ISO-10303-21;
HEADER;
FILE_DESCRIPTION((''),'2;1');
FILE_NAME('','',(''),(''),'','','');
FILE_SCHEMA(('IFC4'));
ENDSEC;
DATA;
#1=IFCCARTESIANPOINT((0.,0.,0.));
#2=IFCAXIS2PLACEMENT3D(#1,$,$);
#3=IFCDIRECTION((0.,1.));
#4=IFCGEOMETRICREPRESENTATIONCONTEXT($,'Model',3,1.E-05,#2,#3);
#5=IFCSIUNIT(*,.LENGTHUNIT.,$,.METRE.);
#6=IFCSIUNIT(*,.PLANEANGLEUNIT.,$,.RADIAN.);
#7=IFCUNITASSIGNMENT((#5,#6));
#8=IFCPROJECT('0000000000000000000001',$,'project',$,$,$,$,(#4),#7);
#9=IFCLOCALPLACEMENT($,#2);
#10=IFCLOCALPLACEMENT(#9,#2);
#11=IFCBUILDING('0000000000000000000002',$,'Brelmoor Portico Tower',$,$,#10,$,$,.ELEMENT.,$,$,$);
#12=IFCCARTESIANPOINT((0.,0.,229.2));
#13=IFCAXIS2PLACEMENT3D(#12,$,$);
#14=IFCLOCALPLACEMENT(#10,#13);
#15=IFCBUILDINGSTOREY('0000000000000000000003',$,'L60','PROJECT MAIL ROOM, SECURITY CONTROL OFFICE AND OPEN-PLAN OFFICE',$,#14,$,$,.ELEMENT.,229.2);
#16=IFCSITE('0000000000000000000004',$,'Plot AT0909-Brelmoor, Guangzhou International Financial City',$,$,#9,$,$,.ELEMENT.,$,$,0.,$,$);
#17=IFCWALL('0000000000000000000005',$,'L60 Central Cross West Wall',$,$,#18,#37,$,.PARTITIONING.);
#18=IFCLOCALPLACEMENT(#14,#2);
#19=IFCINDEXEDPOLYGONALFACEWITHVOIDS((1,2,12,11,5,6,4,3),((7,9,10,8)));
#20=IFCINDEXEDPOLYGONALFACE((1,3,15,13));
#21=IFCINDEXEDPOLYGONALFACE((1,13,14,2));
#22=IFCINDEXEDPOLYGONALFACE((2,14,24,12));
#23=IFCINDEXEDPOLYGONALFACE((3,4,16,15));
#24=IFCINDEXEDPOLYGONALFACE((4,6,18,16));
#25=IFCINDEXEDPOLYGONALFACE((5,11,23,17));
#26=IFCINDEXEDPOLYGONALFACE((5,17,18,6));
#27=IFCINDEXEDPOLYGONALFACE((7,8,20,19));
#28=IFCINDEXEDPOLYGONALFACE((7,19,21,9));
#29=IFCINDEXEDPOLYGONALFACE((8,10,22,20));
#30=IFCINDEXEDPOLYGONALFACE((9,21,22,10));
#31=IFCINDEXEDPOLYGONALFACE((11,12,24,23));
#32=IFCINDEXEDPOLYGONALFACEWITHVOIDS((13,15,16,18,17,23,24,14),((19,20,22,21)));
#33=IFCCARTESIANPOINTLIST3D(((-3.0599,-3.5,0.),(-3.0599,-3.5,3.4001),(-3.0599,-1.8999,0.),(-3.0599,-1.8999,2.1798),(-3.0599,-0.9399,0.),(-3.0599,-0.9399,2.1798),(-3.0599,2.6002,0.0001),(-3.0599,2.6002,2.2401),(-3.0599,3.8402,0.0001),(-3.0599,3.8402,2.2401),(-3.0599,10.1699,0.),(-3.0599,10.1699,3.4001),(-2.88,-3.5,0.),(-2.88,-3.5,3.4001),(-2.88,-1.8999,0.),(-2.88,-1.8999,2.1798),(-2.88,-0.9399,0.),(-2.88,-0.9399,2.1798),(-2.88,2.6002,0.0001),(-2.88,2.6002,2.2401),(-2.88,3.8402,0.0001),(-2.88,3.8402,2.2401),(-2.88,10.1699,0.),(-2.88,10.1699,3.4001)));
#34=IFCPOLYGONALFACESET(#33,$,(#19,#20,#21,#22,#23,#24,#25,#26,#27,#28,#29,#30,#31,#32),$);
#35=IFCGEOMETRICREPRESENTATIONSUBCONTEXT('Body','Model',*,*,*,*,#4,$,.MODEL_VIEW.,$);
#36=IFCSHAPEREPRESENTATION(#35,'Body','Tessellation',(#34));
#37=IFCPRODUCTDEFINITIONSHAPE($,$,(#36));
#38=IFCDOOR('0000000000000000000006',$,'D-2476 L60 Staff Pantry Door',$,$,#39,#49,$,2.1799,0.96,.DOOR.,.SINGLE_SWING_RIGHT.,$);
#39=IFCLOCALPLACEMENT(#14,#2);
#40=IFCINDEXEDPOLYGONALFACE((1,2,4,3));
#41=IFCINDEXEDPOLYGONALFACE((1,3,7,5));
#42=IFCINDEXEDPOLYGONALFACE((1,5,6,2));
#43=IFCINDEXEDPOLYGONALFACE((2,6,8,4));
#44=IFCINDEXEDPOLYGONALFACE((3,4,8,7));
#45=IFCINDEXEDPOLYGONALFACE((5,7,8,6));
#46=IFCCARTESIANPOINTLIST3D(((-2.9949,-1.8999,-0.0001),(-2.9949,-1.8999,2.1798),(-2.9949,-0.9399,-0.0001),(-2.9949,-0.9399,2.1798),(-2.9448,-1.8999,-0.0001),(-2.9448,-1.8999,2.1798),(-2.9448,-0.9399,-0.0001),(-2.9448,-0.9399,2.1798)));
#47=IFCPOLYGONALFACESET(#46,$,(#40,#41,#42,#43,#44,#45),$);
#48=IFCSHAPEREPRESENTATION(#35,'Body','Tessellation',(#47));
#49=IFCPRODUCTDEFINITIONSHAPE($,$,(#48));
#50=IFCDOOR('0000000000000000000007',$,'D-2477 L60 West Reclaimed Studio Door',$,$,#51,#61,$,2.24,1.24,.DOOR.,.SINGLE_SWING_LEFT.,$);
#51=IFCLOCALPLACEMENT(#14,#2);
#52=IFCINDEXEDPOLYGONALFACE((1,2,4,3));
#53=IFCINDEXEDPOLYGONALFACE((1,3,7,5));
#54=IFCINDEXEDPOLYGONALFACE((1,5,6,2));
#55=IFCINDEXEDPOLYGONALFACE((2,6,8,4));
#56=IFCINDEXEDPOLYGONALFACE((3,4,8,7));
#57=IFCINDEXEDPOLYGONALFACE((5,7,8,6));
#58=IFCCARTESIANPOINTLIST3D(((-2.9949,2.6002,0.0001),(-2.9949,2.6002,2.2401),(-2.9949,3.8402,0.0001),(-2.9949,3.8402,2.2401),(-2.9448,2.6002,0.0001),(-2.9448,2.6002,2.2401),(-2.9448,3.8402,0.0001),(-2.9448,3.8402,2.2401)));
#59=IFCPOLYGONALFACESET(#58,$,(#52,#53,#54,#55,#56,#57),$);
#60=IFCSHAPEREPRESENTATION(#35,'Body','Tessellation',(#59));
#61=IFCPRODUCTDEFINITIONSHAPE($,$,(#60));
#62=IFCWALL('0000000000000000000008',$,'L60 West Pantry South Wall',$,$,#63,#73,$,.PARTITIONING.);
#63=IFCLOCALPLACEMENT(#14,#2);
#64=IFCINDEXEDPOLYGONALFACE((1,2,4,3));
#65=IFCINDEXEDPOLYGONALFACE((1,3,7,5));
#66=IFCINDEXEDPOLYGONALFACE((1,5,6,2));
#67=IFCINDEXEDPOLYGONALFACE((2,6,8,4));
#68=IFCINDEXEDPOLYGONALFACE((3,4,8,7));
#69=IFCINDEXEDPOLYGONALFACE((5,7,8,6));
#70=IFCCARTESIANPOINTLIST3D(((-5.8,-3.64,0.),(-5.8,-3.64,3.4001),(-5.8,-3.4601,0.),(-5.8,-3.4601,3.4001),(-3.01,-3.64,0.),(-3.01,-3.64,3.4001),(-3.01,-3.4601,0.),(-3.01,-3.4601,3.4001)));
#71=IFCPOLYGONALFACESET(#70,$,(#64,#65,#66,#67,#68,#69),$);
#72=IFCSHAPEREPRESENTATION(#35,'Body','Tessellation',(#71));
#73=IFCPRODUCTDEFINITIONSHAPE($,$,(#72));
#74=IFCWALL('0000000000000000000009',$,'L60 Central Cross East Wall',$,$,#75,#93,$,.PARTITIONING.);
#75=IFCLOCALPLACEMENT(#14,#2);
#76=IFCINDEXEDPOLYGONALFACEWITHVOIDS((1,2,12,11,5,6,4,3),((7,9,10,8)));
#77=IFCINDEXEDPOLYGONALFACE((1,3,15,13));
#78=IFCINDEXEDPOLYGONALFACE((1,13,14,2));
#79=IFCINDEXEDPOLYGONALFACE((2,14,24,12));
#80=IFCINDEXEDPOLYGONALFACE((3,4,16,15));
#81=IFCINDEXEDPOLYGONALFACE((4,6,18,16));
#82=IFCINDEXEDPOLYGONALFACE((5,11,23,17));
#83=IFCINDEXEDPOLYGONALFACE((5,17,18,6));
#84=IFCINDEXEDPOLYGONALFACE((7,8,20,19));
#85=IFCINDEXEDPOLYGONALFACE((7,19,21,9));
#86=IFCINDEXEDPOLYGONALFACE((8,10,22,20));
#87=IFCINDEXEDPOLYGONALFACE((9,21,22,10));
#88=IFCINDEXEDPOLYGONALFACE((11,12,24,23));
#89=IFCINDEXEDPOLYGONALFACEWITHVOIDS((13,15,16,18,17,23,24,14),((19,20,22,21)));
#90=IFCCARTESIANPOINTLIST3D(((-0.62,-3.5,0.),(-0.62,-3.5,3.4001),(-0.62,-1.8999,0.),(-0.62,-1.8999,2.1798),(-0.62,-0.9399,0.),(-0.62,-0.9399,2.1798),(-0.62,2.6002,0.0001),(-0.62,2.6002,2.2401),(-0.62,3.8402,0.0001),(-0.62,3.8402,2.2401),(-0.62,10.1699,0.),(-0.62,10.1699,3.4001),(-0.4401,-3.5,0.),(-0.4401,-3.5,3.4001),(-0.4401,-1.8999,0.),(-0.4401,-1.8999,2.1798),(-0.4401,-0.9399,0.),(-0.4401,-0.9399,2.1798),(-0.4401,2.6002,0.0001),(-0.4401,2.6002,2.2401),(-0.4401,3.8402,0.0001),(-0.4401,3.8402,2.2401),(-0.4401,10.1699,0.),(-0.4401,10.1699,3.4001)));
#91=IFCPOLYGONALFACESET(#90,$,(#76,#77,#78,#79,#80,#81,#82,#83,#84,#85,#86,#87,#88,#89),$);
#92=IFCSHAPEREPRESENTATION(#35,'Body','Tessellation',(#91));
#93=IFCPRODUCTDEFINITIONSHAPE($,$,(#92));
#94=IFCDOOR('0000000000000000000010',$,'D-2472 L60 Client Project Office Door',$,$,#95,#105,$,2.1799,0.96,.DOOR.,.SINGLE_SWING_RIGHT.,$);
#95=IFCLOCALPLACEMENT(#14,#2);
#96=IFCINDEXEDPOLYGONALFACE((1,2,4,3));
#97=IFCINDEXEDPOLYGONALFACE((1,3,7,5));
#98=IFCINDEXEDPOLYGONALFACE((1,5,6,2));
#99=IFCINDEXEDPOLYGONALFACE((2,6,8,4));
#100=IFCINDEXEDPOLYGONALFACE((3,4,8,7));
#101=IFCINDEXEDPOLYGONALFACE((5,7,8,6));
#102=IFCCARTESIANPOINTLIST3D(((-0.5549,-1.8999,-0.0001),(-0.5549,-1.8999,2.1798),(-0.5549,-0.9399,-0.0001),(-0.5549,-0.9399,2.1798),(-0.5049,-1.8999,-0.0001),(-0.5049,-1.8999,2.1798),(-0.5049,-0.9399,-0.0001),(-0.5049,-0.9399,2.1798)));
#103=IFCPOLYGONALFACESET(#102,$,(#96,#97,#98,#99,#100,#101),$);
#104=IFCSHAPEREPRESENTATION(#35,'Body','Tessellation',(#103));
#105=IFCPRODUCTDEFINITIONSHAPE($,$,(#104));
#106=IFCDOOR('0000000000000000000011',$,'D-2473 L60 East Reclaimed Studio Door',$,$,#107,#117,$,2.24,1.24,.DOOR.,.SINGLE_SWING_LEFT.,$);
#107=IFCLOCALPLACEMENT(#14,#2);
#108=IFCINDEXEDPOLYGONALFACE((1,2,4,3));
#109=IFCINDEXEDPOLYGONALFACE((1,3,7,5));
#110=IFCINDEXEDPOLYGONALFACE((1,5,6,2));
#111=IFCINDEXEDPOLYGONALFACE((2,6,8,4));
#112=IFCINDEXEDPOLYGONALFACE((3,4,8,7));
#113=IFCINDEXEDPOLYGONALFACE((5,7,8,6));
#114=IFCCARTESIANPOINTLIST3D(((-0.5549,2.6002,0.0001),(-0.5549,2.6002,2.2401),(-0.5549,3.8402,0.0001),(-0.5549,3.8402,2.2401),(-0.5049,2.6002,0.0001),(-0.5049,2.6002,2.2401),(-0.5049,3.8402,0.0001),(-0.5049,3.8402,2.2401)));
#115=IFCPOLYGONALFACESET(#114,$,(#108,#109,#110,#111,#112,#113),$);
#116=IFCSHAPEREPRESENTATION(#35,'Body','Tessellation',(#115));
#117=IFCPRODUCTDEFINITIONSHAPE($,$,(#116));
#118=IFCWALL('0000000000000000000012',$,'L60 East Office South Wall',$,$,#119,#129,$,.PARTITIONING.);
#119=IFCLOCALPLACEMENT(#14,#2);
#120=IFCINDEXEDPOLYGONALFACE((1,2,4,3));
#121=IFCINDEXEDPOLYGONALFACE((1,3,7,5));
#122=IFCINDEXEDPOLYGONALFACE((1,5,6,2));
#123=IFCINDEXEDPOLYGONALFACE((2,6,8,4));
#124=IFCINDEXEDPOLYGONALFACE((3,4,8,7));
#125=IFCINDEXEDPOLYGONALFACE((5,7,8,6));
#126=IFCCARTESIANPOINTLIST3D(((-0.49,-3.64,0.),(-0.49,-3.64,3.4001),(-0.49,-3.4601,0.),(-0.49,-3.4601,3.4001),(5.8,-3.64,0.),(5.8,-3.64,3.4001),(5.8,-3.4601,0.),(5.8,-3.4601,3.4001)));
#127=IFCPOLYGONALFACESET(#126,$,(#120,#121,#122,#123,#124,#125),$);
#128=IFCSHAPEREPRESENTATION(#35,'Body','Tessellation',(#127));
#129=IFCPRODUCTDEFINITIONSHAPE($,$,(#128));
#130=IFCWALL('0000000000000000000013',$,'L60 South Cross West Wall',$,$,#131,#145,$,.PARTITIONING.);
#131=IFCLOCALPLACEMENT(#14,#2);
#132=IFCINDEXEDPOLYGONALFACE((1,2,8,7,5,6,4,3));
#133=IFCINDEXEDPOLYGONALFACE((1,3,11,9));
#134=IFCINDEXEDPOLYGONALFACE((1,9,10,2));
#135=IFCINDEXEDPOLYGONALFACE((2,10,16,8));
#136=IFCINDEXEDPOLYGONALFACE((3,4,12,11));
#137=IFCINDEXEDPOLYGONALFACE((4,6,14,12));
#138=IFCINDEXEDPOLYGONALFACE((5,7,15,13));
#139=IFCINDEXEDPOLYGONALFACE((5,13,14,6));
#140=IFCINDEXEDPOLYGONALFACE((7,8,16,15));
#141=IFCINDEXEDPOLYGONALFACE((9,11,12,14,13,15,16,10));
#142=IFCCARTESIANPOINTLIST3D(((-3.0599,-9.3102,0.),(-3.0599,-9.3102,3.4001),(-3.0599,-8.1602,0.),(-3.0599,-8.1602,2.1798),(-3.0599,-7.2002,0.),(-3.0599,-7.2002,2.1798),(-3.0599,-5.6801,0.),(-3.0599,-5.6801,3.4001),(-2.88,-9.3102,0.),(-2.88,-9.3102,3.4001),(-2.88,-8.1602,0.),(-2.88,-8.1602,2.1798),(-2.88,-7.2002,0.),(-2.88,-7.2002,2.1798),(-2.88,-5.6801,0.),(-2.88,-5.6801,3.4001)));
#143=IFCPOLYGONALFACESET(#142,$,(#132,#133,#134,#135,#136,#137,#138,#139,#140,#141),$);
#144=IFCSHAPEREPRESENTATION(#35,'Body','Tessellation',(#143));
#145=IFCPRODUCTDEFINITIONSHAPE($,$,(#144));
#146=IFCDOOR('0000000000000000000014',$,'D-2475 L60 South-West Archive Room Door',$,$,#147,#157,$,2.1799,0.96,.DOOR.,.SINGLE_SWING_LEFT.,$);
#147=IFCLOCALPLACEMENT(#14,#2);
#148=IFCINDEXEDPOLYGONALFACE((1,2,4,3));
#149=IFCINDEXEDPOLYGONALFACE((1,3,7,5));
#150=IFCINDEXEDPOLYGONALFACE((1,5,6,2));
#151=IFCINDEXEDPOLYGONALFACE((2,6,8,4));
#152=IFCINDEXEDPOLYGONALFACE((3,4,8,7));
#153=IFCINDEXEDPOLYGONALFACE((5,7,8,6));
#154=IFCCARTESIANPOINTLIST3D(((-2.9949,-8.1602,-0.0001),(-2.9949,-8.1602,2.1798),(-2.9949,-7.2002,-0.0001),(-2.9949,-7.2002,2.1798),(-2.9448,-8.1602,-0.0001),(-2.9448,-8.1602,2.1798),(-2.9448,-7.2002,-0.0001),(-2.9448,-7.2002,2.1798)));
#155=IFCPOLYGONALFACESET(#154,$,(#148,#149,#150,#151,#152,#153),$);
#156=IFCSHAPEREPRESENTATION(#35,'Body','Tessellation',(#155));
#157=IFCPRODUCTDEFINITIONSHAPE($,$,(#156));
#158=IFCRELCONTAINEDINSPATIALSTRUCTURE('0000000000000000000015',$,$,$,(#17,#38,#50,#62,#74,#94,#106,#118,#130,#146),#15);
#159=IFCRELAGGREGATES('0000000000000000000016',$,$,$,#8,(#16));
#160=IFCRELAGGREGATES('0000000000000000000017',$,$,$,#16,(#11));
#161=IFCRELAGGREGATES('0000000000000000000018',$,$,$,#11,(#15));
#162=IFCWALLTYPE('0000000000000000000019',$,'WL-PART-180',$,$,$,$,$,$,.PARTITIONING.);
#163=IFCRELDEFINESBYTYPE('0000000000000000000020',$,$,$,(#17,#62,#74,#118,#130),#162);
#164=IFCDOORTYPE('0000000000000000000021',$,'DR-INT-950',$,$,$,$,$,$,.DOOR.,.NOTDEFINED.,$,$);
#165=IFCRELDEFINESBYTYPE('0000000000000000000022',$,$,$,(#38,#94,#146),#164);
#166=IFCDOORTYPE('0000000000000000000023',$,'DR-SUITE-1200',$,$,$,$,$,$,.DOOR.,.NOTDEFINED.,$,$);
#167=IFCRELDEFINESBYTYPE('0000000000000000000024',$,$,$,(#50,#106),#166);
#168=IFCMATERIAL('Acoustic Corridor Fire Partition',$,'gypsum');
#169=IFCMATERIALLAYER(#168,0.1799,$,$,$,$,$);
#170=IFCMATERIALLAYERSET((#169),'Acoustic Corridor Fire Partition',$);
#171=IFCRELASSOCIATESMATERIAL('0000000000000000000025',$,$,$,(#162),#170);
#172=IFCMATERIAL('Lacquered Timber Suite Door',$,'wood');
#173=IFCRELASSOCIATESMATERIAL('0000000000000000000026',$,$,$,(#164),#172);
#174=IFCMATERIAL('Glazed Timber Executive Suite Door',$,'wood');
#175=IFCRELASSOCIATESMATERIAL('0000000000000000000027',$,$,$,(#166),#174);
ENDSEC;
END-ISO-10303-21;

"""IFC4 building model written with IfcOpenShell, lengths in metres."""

from ifc_helpers import new_model, si_unit, direction, frame, frame_2d, origin, place, context, subcontext, project, spatial, rectangle, extrude, material, layer, layer_set, type_object, element, fill, save


model = new_model("IFC4")

# Units and contexts
model_context = context("Model", 3, precision=1e-05, world=origin(), true_north=direction((0.0, 1.0)))
body_context = subcontext(model_context, "Body", "Model", "MODEL_VIEW")
ifc_project = project(units=[si_unit("LENGTHUNIT", "METRE"), si_unit("PLANEANGLEUNIT", "RADIAN")], contexts=[model_context])

# Site, building, storey
site_placement = place(None, origin())
site = spatial("IfcSite", under=ifc_project, at=site_placement, Name="Plot AT0909-Brelmoor, Guangzhou International Financial City", CompositionType="ELEMENT", RefElevation=0.0)
building_placement = place(site_placement, origin())
building = spatial("IfcBuilding", under=site, at=building_placement, Name="Brelmoor Portico Tower", CompositionType="ELEMENT")
storey_placement = place(building_placement, frame((0.0, 0.0, 229.2)))
storey = spatial("IfcBuildingStorey", under=building, at=storey_placement, Name="L60", Description="PROJECT MAIL ROOM, SECURITY CONTROL OFFICE AND OPEN-PLAN OFFICE", CompositionType="ELEMENT", Elevation=229.2)

# Wall, openings, doors
ifc_material_1 = material(Name="Acoustic Corridor Fire Partition", Category="gypsum")
ifc_layer_1 = layer(ifc_material_1, 0.1799)
ifc_layer_set_1 = layer_set([ifc_layer_1], Name="Acoustic Corridor Fire Partition")
wall_type_1 = type_object("IfcWallType", Name="WL-PART-180", PredefinedType="PARTITIONING", material=ifc_layer_set_1)
wall_1_placement = place(storey_placement, frame((-2.97, -3.5, 0.0), z_axis=(0.0, 0.0, 1.0), x_axis=(0.0, 1.0, 0.0)))
wall_1 = element("IfcWall", 1, at=wall_1_placement, inside=storey, type_object=wall_type_1, Name="L60 Central Cross West Wall", PredefinedType="PARTITIONING", context=body_context, shape_type="SweptSolid", body=[
    extrude(rectangle(XDim=13.6699, YDim=0.1799, at=frame_2d((6.835, 0.0))), origin(), (0.0, 0.0, 1.0), 3.4001),
])
opening_1_placement = place(wall_1_placement, frame((6.1001, 0.0, 0.0)))
opening_1 = element("IfcOpeningElement", 2, at=opening_1_placement, cuts=wall_1, PredefinedType="OPENING", context=body_context, shape_type="SweptSolid", body=[
    extrude(rectangle(XDim=1.24, YDim=2.24, at=frame_2d((0.6201, 1.1201))), frame((0.0, 0.0999, 0.0), z_axis=(0.0, -1.0, 0.0), x_axis=(1.0, 0.0, 0.0)), (0.0, 0.0, 1.0), 0.2),
])
opening_2_placement = place(wall_1_placement, frame((1.6001, 0.0, 0.0)))
opening_2 = element("IfcOpeningElement", 3, at=opening_2_placement, cuts=wall_1, PredefinedType="OPENING", context=body_context, shape_type="SweptSolid", body=[
    extrude(rectangle(XDim=0.96, YDim=2.1799, at=frame_2d((0.48, 1.0898))), frame((0.0, 0.0999, 0.0), z_axis=(0.0, -1.0, 0.0), x_axis=(1.0, 0.0, 0.0)), (0.0, 0.0, 1.0), 0.2),
])
ifc_material_2 = material(Name="Lacquered Timber Suite Door", Category="wood")
door_type_1 = type_object("IfcDoorType", Name="DR-INT-950", OperationType="NOTDEFINED", PredefinedType="DOOR", material=ifc_material_2)
door_1_placement = place(opening_2_placement, origin())
door_1 = element("IfcDoor", 4, at=door_1_placement, inside=storey, type_object=door_type_1, Name="D-2476 L60 Staff Pantry Door", OperationType="SINGLE_SWING_RIGHT", OverallHeight=2.1799, OverallWidth=0.96, PredefinedType="DOOR", context=body_context, shape_type="SweptSolid", body=[
    extrude(rectangle(XDim=0.96, YDim=2.1799, at=frame_2d((0.48, 1.0898))), frame((0.0, 0.0249, 0.0), z_axis=(0.0, -1.0, 0.0), x_axis=(1.0, 0.0, 0.0)), (0.0, 0.0, 1.0), 0.05),
])
fill(opening_2, door_1)
ifc_material_3 = material(Name="Glazed Timber Executive Suite Door", Category="wood")
door_type_2 = type_object("IfcDoorType", Name="DR-SUITE-1200", OperationType="NOTDEFINED", PredefinedType="DOOR", material=ifc_material_3)
door_2_placement = place(opening_1_placement, origin())
door_2 = element("IfcDoor", 5, at=door_2_placement, inside=storey, type_object=door_type_2, Name="D-2477 L60 West Reclaimed Studio Door", OperationType="SINGLE_SWING_LEFT", OverallHeight=2.24, OverallWidth=1.24, PredefinedType="DOOR", context=body_context, shape_type="SweptSolid", body=[
    extrude(rectangle(XDim=1.24, YDim=2.24, at=frame_2d((0.6201, 1.1201))), frame((0.0, 0.0249, 0.0), z_axis=(0.0, -1.0, 0.0), x_axis=(1.0, 0.0, 0.0)), (0.0, 0.0, 1.0), 0.05),
])
fill(opening_1, door_2)

# Wall
wall_2_placement = place(storey_placement, frame((-5.8, -3.55, 0.0), z_axis=(0.0, 0.0, 1.0), x_axis=(1.0, 0.0, 0.0)))
element("IfcWall", 6, at=wall_2_placement, inside=storey, type_object=wall_type_1, Name="L60 West Pantry South Wall", PredefinedType="PARTITIONING", context=body_context, shape_type="SweptSolid", body=[
    extrude(rectangle(XDim=2.79, YDim=0.1799, at=frame_2d((1.395, 0.0))), origin(), (0.0, 0.0, 1.0), 3.4001),
])

# Wall, openings, doors
wall_3_placement = place(storey_placement, frame((-0.53, -3.5, 0.0), z_axis=(0.0, 0.0, 1.0), x_axis=(0.0, 1.0, 0.0)))
wall_3 = element("IfcWall", 7, at=wall_3_placement, inside=storey, type_object=wall_type_1, Name="L60 Central Cross East Wall", PredefinedType="PARTITIONING", context=body_context, shape_type="SweptSolid", body=[
    extrude(rectangle(XDim=13.6699, YDim=0.1799, at=frame_2d((6.835, 0.0))), origin(), (0.0, 0.0, 1.0), 3.4001),
])
opening_3_placement = place(wall_3_placement, frame((6.1001, 0.0, 0.0)))
opening_3 = element("IfcOpeningElement", 8, at=opening_3_placement, cuts=wall_3, PredefinedType="OPENING", context=body_context, shape_type="SweptSolid", body=[
    extrude(rectangle(XDim=1.24, YDim=2.24, at=frame_2d((0.6201, 1.1201))), frame((0.0, 0.0999, 0.0), z_axis=(0.0, -1.0, 0.0), x_axis=(1.0, 0.0, 0.0)), (0.0, 0.0, 1.0), 0.2),
])
opening_4_placement = place(wall_3_placement, frame((1.6001, 0.0, 0.0)))
opening_4 = element("IfcOpeningElement", 9, at=opening_4_placement, cuts=wall_3, PredefinedType="OPENING", context=body_context, shape_type="SweptSolid", body=[
    extrude(rectangle(XDim=0.96, YDim=2.1799, at=frame_2d((0.48, 1.0898))), frame((0.0, 0.0999, 0.0), z_axis=(0.0, -1.0, 0.0), x_axis=(1.0, 0.0, 0.0)), (0.0, 0.0, 1.0), 0.2),
])
door_3_placement = place(opening_4_placement, origin())
door_3 = element("IfcDoor", 10, at=door_3_placement, inside=storey, type_object=door_type_1, Name="D-2472 L60 Client Project Office Door", OperationType="SINGLE_SWING_RIGHT", OverallHeight=2.1799, OverallWidth=0.96, PredefinedType="DOOR", context=body_context, shape_type="SweptSolid", body=[
    extrude(rectangle(XDim=0.96, YDim=2.1799, at=frame_2d((0.48, 1.0898))), frame((0.0, 0.0249, 0.0), z_axis=(0.0, -1.0, 0.0), x_axis=(1.0, 0.0, 0.0)), (0.0, 0.0, 1.0), 0.05),
])
fill(opening_4, door_3)
door_4_placement = place(opening_3_placement, origin())
door_4 = element("IfcDoor", 11, at=door_4_placement, inside=storey, type_object=door_type_2, Name="D-2473 L60 East Reclaimed Studio Door", OperationType="SINGLE_SWING_LEFT", OverallHeight=2.24, OverallWidth=1.24, PredefinedType="DOOR", context=body_context, shape_type="SweptSolid", body=[
    extrude(rectangle(XDim=1.24, YDim=2.24, at=frame_2d((0.6201, 1.1201))), frame((0.0, 0.0249, 0.0), z_axis=(0.0, -1.0, 0.0), x_axis=(1.0, 0.0, 0.0)), (0.0, 0.0, 1.0), 0.05),
])
fill(opening_3, door_4)

# Wall
wall_4_placement = place(storey_placement, frame((-0.49, -3.55, 0.0), z_axis=(0.0, 0.0, 1.0), x_axis=(1.0, 0.0, 0.0)))
element("IfcWall", 12, at=wall_4_placement, inside=storey, type_object=wall_type_1, Name="L60 East Office South Wall", PredefinedType="PARTITIONING", context=body_context, shape_type="SweptSolid", body=[
    extrude(rectangle(XDim=6.29, YDim=0.1799, at=frame_2d((3.145, 0.0))), origin(), (0.0, 0.0, 1.0), 3.4001),
])

# Wall, opening, door
wall_5_placement = place(storey_placement, frame((-2.97, -9.3101, 0.0), z_axis=(0.0, 0.0, 1.0), x_axis=(0.0, 1.0, 0.0)))
wall_5 = element("IfcWall", 13, at=wall_5_placement, inside=storey, type_object=wall_type_1, Name="L60 South Cross West Wall", PredefinedType="PARTITIONING", context=body_context, shape_type="SweptSolid", body=[
    extrude(rectangle(XDim=3.6301, YDim=0.1799, at=frame_2d((1.8149, 0.0))), origin(), (0.0, 0.0, 1.0), 3.4001),
])
opening_5_placement = place(wall_5_placement, frame((1.1499, 0.0, 0.0)))
opening_5 = element("IfcOpeningElement", 14, at=opening_5_placement, cuts=wall_5, PredefinedType="OPENING", context=body_context, shape_type="SweptSolid", body=[
    extrude(rectangle(XDim=0.96, YDim=2.1799, at=frame_2d((0.48, 1.0898))), frame((0.0, 0.0999, 0.0), z_axis=(0.0, -1.0, 0.0), x_axis=(1.0, 0.0, 0.0)), (0.0, 0.0, 1.0), 0.2),
])
door_5_placement = place(opening_5_placement, origin())
door_5 = element("IfcDoor", 15, at=door_5_placement, inside=storey, type_object=door_type_1, Name="D-2475 L60 South-West Archive Room Door", OperationType="SINGLE_SWING_LEFT", OverallHeight=2.1799, OverallWidth=0.96, PredefinedType="DOOR", context=body_context, shape_type="SweptSolid", body=[
    extrude(rectangle(XDim=0.96, YDim=2.1799, at=frame_2d((0.48, 1.0898))), frame((0.0, 0.0249, 0.0), z_axis=(0.0, -1.0, 0.0), x_axis=(1.0, 0.0, 0.0)), (0.0, 0.0, 1.0), 0.05),
])
fill(opening_5, door_5)

save(model, "model.ifc")
